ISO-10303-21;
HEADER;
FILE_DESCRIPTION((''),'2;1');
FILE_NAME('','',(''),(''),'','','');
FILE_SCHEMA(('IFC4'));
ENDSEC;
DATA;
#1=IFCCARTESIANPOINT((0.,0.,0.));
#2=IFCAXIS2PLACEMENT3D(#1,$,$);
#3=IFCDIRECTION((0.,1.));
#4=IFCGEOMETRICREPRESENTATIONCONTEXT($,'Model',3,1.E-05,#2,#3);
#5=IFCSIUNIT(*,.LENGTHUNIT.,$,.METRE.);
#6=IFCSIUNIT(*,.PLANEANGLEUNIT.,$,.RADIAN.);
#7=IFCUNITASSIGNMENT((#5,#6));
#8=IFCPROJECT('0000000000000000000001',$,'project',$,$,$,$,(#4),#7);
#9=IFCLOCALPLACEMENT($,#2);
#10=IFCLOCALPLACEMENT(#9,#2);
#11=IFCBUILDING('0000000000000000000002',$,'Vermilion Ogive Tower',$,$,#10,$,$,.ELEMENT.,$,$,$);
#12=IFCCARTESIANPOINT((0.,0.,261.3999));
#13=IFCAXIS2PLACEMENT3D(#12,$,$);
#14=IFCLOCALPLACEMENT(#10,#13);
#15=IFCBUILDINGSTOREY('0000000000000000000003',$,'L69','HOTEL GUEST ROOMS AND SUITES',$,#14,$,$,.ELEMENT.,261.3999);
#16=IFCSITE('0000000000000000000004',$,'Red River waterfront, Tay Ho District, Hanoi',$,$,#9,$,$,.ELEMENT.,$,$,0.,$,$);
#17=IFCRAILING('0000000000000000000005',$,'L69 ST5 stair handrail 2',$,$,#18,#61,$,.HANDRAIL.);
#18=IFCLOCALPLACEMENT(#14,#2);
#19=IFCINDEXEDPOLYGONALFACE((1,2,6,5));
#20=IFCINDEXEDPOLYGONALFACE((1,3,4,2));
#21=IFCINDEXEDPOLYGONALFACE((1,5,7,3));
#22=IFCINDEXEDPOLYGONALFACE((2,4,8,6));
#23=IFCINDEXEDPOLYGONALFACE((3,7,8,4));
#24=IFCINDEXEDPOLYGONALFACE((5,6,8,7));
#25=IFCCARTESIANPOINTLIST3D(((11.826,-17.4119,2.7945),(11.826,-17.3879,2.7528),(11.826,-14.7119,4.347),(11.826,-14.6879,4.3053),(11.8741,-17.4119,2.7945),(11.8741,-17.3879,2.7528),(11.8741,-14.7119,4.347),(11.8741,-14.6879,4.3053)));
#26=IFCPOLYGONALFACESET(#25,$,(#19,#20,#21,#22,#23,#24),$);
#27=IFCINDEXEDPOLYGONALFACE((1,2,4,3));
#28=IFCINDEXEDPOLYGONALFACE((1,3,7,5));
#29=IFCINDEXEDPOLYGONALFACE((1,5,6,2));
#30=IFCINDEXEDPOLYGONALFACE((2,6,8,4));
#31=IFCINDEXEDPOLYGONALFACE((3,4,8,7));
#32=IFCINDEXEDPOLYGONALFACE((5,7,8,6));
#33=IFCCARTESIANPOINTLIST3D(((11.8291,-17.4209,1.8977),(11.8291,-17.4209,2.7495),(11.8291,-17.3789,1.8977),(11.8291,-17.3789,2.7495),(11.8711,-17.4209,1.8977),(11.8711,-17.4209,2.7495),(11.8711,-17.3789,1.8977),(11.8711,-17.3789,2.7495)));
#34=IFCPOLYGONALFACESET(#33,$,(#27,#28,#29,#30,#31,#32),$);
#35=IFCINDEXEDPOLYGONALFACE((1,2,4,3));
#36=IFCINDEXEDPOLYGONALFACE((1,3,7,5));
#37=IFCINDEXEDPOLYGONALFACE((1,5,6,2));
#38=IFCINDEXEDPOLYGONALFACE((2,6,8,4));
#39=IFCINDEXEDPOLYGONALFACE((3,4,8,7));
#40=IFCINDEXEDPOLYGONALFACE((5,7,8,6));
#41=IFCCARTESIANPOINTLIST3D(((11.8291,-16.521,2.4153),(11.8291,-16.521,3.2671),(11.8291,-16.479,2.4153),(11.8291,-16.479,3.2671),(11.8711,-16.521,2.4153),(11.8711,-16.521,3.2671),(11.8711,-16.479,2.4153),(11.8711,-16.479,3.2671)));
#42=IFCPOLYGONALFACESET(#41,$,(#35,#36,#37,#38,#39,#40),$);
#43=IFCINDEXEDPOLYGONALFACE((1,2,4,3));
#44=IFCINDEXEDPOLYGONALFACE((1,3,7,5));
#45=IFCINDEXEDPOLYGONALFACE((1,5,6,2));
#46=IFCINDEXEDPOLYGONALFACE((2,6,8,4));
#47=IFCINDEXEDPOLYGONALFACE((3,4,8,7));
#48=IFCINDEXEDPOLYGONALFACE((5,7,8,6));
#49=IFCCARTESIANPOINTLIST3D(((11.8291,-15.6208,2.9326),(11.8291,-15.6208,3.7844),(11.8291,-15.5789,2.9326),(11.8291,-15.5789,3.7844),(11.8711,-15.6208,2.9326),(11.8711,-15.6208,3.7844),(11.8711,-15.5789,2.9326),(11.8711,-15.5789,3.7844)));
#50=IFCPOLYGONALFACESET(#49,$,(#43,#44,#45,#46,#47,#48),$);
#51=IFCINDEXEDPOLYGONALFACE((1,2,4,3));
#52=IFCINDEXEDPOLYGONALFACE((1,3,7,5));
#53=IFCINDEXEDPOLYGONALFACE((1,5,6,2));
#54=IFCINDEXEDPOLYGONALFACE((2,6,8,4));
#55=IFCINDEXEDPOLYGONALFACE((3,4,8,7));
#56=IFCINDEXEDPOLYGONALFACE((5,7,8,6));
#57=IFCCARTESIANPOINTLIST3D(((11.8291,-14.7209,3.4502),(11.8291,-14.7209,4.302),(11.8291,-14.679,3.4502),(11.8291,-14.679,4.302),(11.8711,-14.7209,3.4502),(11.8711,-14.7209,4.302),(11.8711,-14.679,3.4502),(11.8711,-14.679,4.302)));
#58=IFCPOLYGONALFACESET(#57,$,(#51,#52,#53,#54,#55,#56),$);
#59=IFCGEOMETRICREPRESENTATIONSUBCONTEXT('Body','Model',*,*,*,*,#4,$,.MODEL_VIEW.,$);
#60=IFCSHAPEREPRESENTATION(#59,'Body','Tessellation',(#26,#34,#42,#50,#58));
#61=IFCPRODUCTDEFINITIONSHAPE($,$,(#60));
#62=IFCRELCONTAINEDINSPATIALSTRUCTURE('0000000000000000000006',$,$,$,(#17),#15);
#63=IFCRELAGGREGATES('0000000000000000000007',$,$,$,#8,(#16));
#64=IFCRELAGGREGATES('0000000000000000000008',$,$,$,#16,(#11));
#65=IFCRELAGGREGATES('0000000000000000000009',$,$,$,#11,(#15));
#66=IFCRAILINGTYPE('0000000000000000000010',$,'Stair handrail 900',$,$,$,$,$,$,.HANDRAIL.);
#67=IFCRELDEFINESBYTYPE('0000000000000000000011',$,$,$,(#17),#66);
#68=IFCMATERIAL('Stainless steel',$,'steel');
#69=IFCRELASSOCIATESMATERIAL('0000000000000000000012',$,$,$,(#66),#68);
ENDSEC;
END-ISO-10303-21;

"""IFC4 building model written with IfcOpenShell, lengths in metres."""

from ifc_helpers import new_model, si_unit, direction, frame, origin, origin_2d, place, context, subcontext, project, spatial, rectangle, extrude, material, type_object, element, save


model = new_model("IFC4")

# Units and contexts
model_context = context("Model", 3, precision=1e-05, world=origin(), true_north=direction((0.0, 1.0)))
body_context = subcontext(model_context, "Body", "Model", "MODEL_VIEW")
ifc_project = project(units=[si_unit("LENGTHUNIT", "METRE"), si_unit("PLANEANGLEUNIT", "RADIAN")], contexts=[model_context])

# Site, building, storey
site_placement = place(None, origin())
site = spatial("IfcSite", under=ifc_project, at=site_placement, Name="Red River waterfront, Tay Ho District, Hanoi", CompositionType="ELEMENT", RefElevation=0.0)
building_placement = place(site_placement, origin())
building = spatial("IfcBuilding", under=site, at=building_placement, Name="Vermilion Ogive Tower", CompositionType="ELEMENT")
storey_placement = place(building_placement, frame((0.0, 0.0, 261.3999)))
storey = spatial("IfcBuildingStorey", under=building, at=storey_placement, Name="L69", Description="HOTEL GUEST ROOMS AND SUITES", CompositionType="ELEMENT", Elevation=261.3999)

# Railing
ifc_material_1 = material(Name="Stainless steel", Category="steel")
railing_type_1 = type_object("IfcRailingType", Name="Stair handrail 900", PredefinedType="HANDRAIL", material=ifc_material_1)
railing_1_placement = place(storey_placement, frame((11.8501, -17.3999, 1.8977)))
element("IfcRailing", 1, at=railing_1_placement, inside=storey, type_object=railing_type_1, Name="L69 ST5 stair handrail 2", PredefinedType="HANDRAIL", context=body_context, shape_type="SweptSolid", body=[
    extrude(rectangle(XDim=0.0481, YDim=0.0481, at=origin_2d()), frame((0.0, 0.0, 0.876), z_axis=(0.0, 0.866904, 0.498476), x_axis=(-1.0, 0.0, 0.0)), (0.0, 0.0, 1.0), 3.1145),
    extrude(rectangle(XDim=0.042, YDim=0.042, at=origin_2d()), origin(), (0.0, 0.0, 1.0), 0.8518),
    extrude(rectangle(XDim=0.042, YDim=0.042, at=origin_2d()), frame((0.0, 0.8999, 0.5176)), (0.0, 0.0, 1.0), 0.8518),
    extrude(rectangle(XDim=0.042, YDim=0.042, at=origin_2d()), frame((0.0, 1.8, 1.0349)), (0.0, 0.0, 1.0), 0.8518),
    extrude(rectangle(XDim=0.042, YDim=0.042, at=origin_2d()), frame((0.0, 2.7, 1.5525)), (0.0, 0.0, 1.0), 0.8518),
])

save(model, "model.ifc")
